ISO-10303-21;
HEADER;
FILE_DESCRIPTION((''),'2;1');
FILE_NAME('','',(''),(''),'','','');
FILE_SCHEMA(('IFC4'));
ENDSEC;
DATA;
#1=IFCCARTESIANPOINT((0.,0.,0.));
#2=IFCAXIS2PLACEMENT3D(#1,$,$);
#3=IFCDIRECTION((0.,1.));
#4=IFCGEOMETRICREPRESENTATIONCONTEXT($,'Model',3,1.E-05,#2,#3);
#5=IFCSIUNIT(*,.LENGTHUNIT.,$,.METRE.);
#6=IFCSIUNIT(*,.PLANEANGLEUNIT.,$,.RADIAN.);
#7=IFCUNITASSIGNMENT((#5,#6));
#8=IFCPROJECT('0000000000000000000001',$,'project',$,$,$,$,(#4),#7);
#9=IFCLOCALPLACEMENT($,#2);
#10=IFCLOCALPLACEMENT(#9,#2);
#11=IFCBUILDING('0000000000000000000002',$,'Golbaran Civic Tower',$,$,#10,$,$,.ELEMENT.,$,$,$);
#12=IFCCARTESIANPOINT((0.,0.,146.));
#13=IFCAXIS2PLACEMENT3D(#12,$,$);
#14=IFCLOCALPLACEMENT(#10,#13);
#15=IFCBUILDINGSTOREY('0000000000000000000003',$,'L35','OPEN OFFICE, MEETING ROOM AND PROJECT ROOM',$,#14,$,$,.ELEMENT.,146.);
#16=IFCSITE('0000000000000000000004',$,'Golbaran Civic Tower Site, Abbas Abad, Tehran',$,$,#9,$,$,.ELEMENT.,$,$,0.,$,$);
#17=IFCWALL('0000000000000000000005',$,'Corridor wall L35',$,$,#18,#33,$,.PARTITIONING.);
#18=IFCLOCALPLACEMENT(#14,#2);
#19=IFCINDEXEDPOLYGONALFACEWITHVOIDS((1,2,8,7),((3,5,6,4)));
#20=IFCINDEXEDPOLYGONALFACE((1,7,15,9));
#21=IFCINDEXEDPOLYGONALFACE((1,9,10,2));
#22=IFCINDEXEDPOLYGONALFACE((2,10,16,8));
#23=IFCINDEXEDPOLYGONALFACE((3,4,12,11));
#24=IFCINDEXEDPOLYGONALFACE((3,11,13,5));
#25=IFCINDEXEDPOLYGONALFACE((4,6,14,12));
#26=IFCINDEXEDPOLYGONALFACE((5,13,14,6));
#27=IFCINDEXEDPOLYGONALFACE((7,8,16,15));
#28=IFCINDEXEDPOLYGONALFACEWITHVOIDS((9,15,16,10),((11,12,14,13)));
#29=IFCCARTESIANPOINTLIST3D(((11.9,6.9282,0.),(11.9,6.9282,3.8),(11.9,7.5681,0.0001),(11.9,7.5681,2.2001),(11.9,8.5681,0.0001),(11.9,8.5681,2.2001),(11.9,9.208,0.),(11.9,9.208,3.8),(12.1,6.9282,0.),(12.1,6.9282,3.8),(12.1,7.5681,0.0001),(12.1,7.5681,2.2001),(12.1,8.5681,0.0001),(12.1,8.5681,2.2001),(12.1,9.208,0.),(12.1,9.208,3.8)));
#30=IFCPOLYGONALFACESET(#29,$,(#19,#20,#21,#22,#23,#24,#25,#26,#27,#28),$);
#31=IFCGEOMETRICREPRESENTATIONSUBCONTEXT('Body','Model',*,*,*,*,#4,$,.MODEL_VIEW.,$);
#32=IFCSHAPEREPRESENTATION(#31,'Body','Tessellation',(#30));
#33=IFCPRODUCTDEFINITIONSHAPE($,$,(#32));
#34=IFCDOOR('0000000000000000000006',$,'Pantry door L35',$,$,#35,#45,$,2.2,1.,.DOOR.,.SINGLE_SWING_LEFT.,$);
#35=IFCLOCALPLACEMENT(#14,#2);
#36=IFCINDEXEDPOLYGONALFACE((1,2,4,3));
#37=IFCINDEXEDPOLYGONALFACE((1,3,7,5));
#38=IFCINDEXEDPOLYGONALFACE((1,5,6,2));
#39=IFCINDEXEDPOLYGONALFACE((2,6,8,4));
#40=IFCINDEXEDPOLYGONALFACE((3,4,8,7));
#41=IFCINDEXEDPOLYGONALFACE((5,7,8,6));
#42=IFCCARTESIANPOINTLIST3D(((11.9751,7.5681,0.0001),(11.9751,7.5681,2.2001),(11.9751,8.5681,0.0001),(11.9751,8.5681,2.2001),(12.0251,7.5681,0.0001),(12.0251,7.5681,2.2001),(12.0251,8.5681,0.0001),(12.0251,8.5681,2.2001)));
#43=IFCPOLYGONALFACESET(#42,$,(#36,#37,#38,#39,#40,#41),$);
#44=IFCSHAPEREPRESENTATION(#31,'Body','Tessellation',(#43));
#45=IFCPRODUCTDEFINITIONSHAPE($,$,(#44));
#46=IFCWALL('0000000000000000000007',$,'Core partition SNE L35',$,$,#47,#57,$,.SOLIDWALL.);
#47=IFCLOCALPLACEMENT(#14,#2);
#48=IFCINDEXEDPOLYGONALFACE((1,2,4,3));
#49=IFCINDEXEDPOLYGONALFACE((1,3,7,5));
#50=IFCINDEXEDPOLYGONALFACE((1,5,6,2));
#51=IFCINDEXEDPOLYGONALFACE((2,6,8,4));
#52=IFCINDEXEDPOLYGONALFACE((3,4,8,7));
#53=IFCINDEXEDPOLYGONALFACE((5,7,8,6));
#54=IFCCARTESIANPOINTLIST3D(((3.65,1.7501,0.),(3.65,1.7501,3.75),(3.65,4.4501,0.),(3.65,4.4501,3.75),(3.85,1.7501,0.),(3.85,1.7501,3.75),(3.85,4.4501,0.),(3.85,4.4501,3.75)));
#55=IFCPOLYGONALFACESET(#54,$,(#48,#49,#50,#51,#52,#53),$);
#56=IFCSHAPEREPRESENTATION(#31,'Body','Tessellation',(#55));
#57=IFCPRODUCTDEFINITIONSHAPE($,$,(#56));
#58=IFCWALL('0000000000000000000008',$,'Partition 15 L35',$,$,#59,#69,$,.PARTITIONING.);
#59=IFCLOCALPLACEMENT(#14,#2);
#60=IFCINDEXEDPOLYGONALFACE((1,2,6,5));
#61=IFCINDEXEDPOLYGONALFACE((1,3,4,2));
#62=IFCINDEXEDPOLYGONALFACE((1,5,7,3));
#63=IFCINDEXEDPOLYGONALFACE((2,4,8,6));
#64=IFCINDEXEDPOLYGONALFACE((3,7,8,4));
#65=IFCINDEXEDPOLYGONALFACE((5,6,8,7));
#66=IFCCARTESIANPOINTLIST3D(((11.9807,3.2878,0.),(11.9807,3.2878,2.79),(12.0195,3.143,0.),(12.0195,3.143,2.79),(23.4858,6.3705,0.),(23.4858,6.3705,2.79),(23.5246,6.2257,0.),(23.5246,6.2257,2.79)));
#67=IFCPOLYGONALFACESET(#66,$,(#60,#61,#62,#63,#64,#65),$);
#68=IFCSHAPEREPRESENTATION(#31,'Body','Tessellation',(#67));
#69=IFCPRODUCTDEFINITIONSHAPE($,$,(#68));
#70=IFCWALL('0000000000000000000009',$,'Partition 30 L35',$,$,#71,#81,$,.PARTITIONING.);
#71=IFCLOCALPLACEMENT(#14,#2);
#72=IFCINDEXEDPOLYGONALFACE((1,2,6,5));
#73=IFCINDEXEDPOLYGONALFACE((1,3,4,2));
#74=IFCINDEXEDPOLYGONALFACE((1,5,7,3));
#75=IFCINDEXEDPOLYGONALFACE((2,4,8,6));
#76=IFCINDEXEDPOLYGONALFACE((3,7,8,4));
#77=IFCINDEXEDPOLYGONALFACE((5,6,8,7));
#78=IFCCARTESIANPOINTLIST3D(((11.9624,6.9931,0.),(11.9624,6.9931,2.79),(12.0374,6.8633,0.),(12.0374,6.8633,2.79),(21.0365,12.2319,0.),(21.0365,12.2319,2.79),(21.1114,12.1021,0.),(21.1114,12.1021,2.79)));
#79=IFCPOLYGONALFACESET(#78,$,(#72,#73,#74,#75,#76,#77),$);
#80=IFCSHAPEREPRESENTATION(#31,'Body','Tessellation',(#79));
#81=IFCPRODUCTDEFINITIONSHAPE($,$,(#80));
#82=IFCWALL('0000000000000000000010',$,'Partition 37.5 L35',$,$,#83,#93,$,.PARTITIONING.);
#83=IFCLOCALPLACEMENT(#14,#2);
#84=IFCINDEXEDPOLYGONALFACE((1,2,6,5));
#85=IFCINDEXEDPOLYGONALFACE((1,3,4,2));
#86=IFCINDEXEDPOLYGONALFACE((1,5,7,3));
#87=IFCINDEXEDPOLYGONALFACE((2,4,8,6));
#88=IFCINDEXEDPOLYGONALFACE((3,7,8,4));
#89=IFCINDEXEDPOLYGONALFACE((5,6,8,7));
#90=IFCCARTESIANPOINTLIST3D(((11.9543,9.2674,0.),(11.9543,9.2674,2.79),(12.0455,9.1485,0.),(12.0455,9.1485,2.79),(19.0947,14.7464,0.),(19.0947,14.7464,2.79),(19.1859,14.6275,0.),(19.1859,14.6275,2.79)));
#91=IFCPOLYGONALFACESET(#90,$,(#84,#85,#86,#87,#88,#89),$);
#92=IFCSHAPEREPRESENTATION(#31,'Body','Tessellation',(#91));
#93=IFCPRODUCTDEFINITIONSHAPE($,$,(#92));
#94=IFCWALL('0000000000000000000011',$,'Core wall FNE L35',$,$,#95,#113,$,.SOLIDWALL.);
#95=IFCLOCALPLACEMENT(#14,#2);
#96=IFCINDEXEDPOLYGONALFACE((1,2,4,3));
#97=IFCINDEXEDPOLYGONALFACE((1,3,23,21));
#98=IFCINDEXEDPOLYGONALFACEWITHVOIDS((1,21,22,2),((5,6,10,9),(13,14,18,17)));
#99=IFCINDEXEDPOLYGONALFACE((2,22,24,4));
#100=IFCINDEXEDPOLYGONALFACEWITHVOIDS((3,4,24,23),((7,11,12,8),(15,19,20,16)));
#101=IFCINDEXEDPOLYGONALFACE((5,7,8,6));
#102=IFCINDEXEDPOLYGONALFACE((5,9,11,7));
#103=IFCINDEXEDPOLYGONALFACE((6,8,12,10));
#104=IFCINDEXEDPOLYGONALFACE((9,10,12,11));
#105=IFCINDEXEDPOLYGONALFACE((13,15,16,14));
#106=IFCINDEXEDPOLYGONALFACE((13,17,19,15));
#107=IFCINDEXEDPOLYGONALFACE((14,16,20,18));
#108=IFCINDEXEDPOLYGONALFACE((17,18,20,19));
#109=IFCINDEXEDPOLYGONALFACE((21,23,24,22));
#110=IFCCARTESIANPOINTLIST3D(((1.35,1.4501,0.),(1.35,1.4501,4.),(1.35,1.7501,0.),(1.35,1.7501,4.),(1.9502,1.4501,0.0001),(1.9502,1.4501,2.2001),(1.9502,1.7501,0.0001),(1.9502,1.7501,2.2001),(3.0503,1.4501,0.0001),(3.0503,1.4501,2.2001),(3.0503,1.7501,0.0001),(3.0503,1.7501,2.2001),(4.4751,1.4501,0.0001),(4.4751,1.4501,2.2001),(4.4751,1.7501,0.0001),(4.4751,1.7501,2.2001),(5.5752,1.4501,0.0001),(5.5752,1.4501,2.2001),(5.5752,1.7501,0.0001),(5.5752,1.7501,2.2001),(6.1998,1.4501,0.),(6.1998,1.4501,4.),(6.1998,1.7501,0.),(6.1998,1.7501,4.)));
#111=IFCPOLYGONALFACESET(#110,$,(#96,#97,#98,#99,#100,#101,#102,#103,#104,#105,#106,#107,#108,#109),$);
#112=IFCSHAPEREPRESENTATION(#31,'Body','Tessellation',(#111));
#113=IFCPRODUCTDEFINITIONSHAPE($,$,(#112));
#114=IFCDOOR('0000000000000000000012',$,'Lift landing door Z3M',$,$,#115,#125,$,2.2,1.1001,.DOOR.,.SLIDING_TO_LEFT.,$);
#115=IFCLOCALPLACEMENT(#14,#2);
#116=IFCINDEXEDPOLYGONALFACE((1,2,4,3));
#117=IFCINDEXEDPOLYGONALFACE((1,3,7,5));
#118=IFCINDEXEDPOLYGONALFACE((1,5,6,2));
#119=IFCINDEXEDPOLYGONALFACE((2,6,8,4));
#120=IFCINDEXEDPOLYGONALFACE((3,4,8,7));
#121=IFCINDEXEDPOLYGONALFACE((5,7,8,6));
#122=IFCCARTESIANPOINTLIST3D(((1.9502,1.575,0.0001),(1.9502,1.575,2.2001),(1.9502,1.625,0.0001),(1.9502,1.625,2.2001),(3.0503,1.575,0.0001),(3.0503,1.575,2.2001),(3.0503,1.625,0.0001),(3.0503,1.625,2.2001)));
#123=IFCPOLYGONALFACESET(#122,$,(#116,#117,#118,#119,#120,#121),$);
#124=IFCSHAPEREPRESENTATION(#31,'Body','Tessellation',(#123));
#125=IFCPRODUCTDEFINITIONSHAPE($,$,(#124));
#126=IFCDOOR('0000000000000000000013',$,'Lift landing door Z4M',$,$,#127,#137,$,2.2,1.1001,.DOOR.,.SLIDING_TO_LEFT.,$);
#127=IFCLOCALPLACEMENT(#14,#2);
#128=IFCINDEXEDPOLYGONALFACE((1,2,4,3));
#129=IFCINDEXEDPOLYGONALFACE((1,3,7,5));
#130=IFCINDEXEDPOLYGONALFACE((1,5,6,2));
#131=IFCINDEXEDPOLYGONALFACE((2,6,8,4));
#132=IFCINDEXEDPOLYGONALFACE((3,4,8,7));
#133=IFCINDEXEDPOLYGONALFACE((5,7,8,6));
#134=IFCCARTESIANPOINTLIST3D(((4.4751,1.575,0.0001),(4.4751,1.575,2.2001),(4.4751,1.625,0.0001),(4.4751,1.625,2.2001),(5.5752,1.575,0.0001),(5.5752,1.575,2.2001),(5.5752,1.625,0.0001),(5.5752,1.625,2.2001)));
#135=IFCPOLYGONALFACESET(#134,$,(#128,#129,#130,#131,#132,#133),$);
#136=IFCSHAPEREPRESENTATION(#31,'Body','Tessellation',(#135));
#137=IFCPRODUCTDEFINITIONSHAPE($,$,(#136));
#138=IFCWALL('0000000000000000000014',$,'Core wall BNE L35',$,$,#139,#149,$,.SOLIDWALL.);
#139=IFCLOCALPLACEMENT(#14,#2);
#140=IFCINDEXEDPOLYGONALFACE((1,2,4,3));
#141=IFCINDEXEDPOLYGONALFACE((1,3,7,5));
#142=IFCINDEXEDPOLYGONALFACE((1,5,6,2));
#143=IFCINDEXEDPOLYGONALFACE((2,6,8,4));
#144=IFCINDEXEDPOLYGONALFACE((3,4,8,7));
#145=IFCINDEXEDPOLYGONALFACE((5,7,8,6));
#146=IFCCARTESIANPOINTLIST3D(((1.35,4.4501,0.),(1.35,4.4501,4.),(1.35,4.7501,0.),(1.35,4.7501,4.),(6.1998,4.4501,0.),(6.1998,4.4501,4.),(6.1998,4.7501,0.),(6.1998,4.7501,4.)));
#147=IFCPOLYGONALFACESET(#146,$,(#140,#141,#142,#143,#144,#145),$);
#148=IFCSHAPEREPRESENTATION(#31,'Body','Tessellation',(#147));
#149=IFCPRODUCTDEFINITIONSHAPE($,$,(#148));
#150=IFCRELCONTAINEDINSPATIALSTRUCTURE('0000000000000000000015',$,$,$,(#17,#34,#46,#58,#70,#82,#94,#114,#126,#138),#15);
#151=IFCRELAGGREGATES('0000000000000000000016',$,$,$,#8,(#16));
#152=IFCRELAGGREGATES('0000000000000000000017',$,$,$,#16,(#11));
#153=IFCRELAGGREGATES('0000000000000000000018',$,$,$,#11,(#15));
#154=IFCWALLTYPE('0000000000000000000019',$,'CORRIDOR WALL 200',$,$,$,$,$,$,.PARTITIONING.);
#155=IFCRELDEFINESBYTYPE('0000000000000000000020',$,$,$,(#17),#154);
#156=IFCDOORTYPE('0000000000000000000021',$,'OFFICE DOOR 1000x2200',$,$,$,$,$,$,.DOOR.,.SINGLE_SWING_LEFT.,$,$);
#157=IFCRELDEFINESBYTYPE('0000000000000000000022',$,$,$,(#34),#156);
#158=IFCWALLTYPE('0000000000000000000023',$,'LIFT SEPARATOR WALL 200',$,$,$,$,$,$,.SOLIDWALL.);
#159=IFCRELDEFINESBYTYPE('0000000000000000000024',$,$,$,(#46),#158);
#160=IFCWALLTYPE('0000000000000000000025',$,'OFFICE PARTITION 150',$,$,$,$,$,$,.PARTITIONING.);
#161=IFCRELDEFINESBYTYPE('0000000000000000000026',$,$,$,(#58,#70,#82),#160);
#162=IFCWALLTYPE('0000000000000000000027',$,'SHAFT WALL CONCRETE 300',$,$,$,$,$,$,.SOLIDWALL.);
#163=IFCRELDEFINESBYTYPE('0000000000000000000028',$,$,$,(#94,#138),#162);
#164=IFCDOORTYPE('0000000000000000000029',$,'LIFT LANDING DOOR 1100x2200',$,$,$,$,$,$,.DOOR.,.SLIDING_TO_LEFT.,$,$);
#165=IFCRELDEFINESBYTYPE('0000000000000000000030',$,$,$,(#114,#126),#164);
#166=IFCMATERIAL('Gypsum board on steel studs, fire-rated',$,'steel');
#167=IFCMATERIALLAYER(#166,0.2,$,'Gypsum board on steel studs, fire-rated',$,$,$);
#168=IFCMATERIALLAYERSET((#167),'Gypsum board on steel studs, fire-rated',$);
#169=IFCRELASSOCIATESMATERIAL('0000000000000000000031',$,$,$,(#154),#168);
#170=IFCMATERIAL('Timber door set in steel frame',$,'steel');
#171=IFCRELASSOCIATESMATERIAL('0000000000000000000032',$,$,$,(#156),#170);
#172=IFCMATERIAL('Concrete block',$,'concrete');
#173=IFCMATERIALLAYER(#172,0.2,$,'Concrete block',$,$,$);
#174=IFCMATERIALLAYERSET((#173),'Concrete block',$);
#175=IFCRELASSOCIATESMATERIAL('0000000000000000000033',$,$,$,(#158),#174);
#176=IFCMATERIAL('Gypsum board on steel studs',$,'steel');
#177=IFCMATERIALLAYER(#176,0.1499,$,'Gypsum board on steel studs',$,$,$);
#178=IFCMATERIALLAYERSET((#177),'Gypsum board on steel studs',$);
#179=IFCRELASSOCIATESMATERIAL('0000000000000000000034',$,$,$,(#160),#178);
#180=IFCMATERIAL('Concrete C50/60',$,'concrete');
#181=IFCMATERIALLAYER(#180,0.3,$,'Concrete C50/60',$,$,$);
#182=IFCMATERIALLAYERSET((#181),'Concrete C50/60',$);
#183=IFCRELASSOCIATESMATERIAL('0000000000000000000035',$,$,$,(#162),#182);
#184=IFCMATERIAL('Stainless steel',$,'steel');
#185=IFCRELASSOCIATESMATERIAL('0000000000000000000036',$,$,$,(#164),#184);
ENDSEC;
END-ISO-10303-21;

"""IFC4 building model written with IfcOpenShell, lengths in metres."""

from ifc_helpers import new_model, si_unit, direction, frame, frame_2d, origin, place, context, subcontext, project, spatial, rectangle, extrude, material, layer, layer_set, type_object, element, fill, save


model = new_model("IFC4")

# Units and contexts
model_context = context("Model", 3, precision=1e-05, world=origin(), true_north=direction((0.0, 1.0)))
body_context = subcontext(model_context, "Body", "Model", "MODEL_VIEW")
ifc_project = project(units=[si_unit("LENGTHUNIT", "METRE"), si_unit("PLANEANGLEUNIT", "RADIAN")], contexts=[model_context])

# Site, building, storey
site_placement = place(None, origin())
site = spatial("IfcSite", under=ifc_project, at=site_placement, Name="Golbaran Civic Tower Site, Abbas Abad, Tehran", CompositionType="ELEMENT", RefElevation=0.0)
building_placement = place(site_placement, origin())
building = spatial("IfcBuilding", under=site, at=building_placement, Name="Golbaran Civic Tower", CompositionType="ELEMENT")
storey_placement = place(building_placement, frame((0.0, 0.0, 146.0)))
storey = spatial("IfcBuildingStorey", under=building, at=storey_placement, Name="L35", Description="OPEN OFFICE, MEETING ROOM AND PROJECT ROOM", CompositionType="ELEMENT", Elevation=146.0)

# Shared definitions
ifc_material_1 = material(Name="Concrete block", Category="concrete")
ifc_material_2 = material(Name="Timber door set in steel frame", Category="steel")

# Wall, opening, door
ifc_material_3 = material(Name="Gypsum board on steel studs, fire-rated", Category="steel")
ifc_layer_1 = layer(ifc_material_3, 0.2, Name="Gypsum board on steel studs, fire-rated")
ifc_layer_set_1 = layer_set([ifc_layer_1], Name="Gypsum board on steel studs, fire-rated")
wall_type_1 = type_object("IfcWallType", Name="CORRIDOR WALL 200", PredefinedType="PARTITIONING", material=ifc_layer_set_1)
door_type_1 = type_object("IfcDoorType", Name="OFFICE DOOR 1000x2200", OperationType="SINGLE_SWING_LEFT", PredefinedType="DOOR", material=ifc_material_2)
wall_1_placement = place(storey_placement, frame((12.0, 6.9282, 0.0), z_axis=(0.0, 0.0, 1.0), x_axis=(0.0, 1.0, 0.0)))
wall_1 = element("IfcWall", 1, at=wall_1_placement, inside=storey, type_object=wall_type_1, Name="Corridor wall L35", PredefinedType="PARTITIONING", context=body_context, shape_type="SweptSolid", body=[
    extrude(rectangle(XDim=2.2798, YDim=0.2, at=frame_2d((1.1399, 0.0))), origin(), (0.0, 0.0, 1.0), 3.8),
])
opening_1_placement = place(wall_1_placement, frame((0.6399, 0.0, 0.0)))
opening_1 = element("IfcOpeningElement", 2, at=opening_1_placement, cuts=wall_1, PredefinedType="OPENING", context=body_context, shape_type="SweptSolid", body=[
    extrude(rectangle(XDim=1.0, YDim=2.2, at=frame_2d((0.5, 1.1001))), frame((0.0, 0.1099, 0.0), z_axis=(0.0, -1.0, 0.0), x_axis=(1.0, 0.0, 0.0)), (0.0, 0.0, 1.0), 0.22),
])
door_1_placement = place(opening_1_placement, origin())
door_1 = element("IfcDoor", 3, at=door_1_placement, inside=storey, type_object=door_type_1, Name="Pantry door L35", OperationType="SINGLE_SWING_LEFT", OverallHeight=2.2, OverallWidth=1.0, PredefinedType="DOOR", context=body_context, shape_type="SweptSolid", body=[
    extrude(rectangle(XDim=1.0, YDim=2.2, at=frame_2d((0.5, 1.1001))), frame((0.0, 0.0249, 0.0), z_axis=(0.0, -1.0, 0.0), x_axis=(1.0, 0.0, 0.0)), (0.0, 0.0, 1.0), 0.05),
])
fill(opening_1, door_1)

# Walls
ifc_layer_2 = layer(ifc_material_1, 0.2, Name="Concrete block")
ifc_layer_set_2 = layer_set([ifc_layer_2], Name="Concrete block")
wall_type_2 = type_object("IfcWallType", Name="LIFT SEPARATOR WALL 200", PredefinedType="SOLIDWALL", material=ifc_layer_set_2)
wall_2_placement = place(storey_placement, frame((3.75, 1.75, 0.0), z_axis=(0.0, 0.0, 1.0), x_axis=(0.0, 1.0, 0.0)))
element("IfcWall", 4, at=wall_2_placement, inside=storey, type_object=wall_type_2, Name="Core partition SNE L35", PredefinedType="SOLIDWALL", context=body_context, shape_type="SweptSolid", body=[
    extrude(rectangle(XDim=2.7, YDim=0.2, at=frame_2d((1.3501, 0.0))), origin(), (0.0, 0.0, 1.0), 3.75),
])
ifc_material_4 = material(Name="Gypsum board on steel studs", Category="steel")
ifc_layer_3 = layer(ifc_material_4, 0.1499, Name="Gypsum board on steel studs")
ifc_layer_set_3 = layer_set([ifc_layer_3], Name="Gypsum board on steel studs")
wall_type_3 = type_object("IfcWallType", Name="OFFICE PARTITION 150", PredefinedType="PARTITIONING", material=ifc_layer_set_3)
wall_3_placement = place(storey_placement, frame((12.0, 3.2153, 0.0), z_axis=(0.0, 0.0, 1.0), x_axis=(0.965926, 0.258817, 0.0)))
element("IfcWall", 5, at=wall_3_placement, inside=storey, type_object=wall_type_3, Name="Partition 15 L35", PredefinedType="PARTITIONING", context=body_context, shape_type="SweptSolid", body=[
    extrude(rectangle(XDim=11.9109, YDim=0.1499, at=frame_2d((5.9556, 0.0))), origin(), (0.0, 0.0, 1.0), 2.79),
])
wall_4_placement = place(storey_placement, frame((12.0, 6.9282, 0.0), z_axis=(0.0, 0.0, 1.0), x_axis=(0.866029, 0.499993, 0.0)))
element("IfcWall", 6, at=wall_4_placement, inside=storey, type_object=wall_type_3, Name="Partition 30 L35", PredefinedType="PARTITIONING", context=body_context, shape_type="SweptSolid", body=[
    extrude(rectangle(XDim=10.4778, YDim=0.1499, at=frame_2d((5.2388, 0.0))), origin(), (0.0, 0.0, 1.0), 2.79),
])
wall_5_placement = place(storey_placement, frame((12.0, 9.208, 0.0), z_axis=(0.0, 0.0, 1.0), x_axis=(0.793354, 0.608761, 0.0)))
element("IfcWall", 7, at=wall_5_placement, inside=storey, type_object=wall_type_3, Name="Partition 37.5 L35", PredefinedType="PARTITIONING", context=body_context, shape_type="SweptSolid", body=[
    extrude(rectangle(XDim=9.0002, YDim=0.1499, at=frame_2d((4.5, 0.0))), origin(), (0.0, 0.0, 1.0), 2.79),
])

# Wall, openings, doors
ifc_material_5 = material(Name="Concrete C50/60", Category="concrete")
ifc_layer_4 = layer(ifc_material_5, 0.3, Name="Concrete C50/60")
ifc_layer_set_4 = layer_set([ifc_layer_4], Name="Concrete C50/60")
wall_type_4 = type_object("IfcWallType", Name="SHAFT WALL CONCRETE 300", PredefinedType="SOLIDWALL", material=ifc_layer_set_4)
wall_6_placement = place(storey_placement, frame((1.3501, 1.6001, 0.0), z_axis=(0.0, 0.0, 1.0), x_axis=(1.0, 0.0, 0.0)))
wall_6 = element("IfcWall", 8, at=wall_6_placement, inside=storey, type_object=wall_type_4, Name="Core wall FNE L35", PredefinedType="SOLIDWALL", context=body_context, shape_type="SweptSolid", body=[
    extrude(rectangle(XDim=4.8499, YDim=0.3, at=frame_2d((2.4248, 0.0))), origin(), (0.0, 0.0, 1.0), 4.0),
])
opening_2_placement = place(wall_6_placement, frame((0.6001, 0.0, 0.0)))
opening_2 = element("IfcOpeningElement", 9, at=opening_2_placement, cuts=wall_6, PredefinedType="OPENING", context=body_context, shape_type="SweptSolid", body=[
    extrude(rectangle(XDim=1.1001, YDim=2.2, at=frame_2d((0.55, 1.1001))), frame((0.0, 0.1599, 0.0), z_axis=(0.0, -1.0, 0.0), x_axis=(1.0, 0.0, 0.0)), (0.0, 0.0, 1.0), 0.3201),
])
opening_3_placement = place(wall_6_placement, frame((3.125, 0.0, 0.0)))
opening_3 = element("IfcOpeningElement", 10, at=opening_3_placement, cuts=wall_6, PredefinedType="OPENING", context=body_context, shape_type="SweptSolid", body=[
    extrude(rectangle(XDim=1.1001, YDim=2.2, at=frame_2d((0.55, 1.1001))), frame((0.0, 0.1599, 0.0), z_axis=(0.0, -1.0, 0.0), x_axis=(1.0, 0.0, 0.0)), (0.0, 0.0, 1.0), 0.3201),
])
ifc_material_6 = material(Name="Stainless steel", Category="steel")
door_type_2 = type_object("IfcDoorType", Name="LIFT LANDING DOOR 1100x2200", OperationType="SLIDING_TO_LEFT", PredefinedType="DOOR", material=ifc_material_6)
door_2_placement = place(opening_2_placement, origin())
door_2 = element("IfcDoor", 11, at=door_2_placement, inside=storey, type_object=door_type_2, Name="Lift landing door Z3M", OperationType="SLIDING_TO_LEFT", OverallHeight=2.2, OverallWidth=1.1001, PredefinedType="DOOR", context=body_context, shape_type="SweptSolid", body=[
    extrude(rectangle(XDim=1.1001, YDim=2.2, at=frame_2d((0.55, 1.1001))), frame((0.0, 0.0249, 0.0), z_axis=(0.0, -1.0, 0.0), x_axis=(1.0, 0.0, 0.0)), (0.0, 0.0, 1.0), 0.05),
])
fill(opening_2, door_2)
door_3_placement = place(opening_3_placement, origin())
door_3 = element("IfcDoor", 12, at=door_3_placement, inside=storey, type_object=door_type_2, Name="Lift landing door Z4M", OperationType="SLIDING_TO_LEFT", OverallHeight=2.2, OverallWidth=1.1001, PredefinedType="DOOR", context=body_context, shape_type="SweptSolid", body=[
    extrude(rectangle(XDim=1.1001, YDim=2.2, at=frame_2d((0.55, 1.1001))), frame((0.0, 0.0249, 0.0), z_axis=(0.0, -1.0, 0.0), x_axis=(1.0, 0.0, 0.0)), (0.0, 0.0, 1.0), 0.05),
])
fill(opening_3, door_3)

# Wall
wall_7_placement = place(storey_placement, frame((1.3501, 4.6001, 0.0), z_axis=(0.0, 0.0, 1.0), x_axis=(1.0, 0.0, 0.0)))
element("IfcWall", 13, at=wall_7_placement, inside=storey, type_object=wall_type_4, Name="Core wall BNE L35", PredefinedType="SOLIDWALL", context=body_context, shape_type="SweptSolid", body=[
    extrude(rectangle(XDim=4.8499, YDim=0.3, at=frame_2d((2.4248, 0.0))), origin(), (0.0, 0.0, 1.0), 4.0),
])

save(model, "model.ifc")
